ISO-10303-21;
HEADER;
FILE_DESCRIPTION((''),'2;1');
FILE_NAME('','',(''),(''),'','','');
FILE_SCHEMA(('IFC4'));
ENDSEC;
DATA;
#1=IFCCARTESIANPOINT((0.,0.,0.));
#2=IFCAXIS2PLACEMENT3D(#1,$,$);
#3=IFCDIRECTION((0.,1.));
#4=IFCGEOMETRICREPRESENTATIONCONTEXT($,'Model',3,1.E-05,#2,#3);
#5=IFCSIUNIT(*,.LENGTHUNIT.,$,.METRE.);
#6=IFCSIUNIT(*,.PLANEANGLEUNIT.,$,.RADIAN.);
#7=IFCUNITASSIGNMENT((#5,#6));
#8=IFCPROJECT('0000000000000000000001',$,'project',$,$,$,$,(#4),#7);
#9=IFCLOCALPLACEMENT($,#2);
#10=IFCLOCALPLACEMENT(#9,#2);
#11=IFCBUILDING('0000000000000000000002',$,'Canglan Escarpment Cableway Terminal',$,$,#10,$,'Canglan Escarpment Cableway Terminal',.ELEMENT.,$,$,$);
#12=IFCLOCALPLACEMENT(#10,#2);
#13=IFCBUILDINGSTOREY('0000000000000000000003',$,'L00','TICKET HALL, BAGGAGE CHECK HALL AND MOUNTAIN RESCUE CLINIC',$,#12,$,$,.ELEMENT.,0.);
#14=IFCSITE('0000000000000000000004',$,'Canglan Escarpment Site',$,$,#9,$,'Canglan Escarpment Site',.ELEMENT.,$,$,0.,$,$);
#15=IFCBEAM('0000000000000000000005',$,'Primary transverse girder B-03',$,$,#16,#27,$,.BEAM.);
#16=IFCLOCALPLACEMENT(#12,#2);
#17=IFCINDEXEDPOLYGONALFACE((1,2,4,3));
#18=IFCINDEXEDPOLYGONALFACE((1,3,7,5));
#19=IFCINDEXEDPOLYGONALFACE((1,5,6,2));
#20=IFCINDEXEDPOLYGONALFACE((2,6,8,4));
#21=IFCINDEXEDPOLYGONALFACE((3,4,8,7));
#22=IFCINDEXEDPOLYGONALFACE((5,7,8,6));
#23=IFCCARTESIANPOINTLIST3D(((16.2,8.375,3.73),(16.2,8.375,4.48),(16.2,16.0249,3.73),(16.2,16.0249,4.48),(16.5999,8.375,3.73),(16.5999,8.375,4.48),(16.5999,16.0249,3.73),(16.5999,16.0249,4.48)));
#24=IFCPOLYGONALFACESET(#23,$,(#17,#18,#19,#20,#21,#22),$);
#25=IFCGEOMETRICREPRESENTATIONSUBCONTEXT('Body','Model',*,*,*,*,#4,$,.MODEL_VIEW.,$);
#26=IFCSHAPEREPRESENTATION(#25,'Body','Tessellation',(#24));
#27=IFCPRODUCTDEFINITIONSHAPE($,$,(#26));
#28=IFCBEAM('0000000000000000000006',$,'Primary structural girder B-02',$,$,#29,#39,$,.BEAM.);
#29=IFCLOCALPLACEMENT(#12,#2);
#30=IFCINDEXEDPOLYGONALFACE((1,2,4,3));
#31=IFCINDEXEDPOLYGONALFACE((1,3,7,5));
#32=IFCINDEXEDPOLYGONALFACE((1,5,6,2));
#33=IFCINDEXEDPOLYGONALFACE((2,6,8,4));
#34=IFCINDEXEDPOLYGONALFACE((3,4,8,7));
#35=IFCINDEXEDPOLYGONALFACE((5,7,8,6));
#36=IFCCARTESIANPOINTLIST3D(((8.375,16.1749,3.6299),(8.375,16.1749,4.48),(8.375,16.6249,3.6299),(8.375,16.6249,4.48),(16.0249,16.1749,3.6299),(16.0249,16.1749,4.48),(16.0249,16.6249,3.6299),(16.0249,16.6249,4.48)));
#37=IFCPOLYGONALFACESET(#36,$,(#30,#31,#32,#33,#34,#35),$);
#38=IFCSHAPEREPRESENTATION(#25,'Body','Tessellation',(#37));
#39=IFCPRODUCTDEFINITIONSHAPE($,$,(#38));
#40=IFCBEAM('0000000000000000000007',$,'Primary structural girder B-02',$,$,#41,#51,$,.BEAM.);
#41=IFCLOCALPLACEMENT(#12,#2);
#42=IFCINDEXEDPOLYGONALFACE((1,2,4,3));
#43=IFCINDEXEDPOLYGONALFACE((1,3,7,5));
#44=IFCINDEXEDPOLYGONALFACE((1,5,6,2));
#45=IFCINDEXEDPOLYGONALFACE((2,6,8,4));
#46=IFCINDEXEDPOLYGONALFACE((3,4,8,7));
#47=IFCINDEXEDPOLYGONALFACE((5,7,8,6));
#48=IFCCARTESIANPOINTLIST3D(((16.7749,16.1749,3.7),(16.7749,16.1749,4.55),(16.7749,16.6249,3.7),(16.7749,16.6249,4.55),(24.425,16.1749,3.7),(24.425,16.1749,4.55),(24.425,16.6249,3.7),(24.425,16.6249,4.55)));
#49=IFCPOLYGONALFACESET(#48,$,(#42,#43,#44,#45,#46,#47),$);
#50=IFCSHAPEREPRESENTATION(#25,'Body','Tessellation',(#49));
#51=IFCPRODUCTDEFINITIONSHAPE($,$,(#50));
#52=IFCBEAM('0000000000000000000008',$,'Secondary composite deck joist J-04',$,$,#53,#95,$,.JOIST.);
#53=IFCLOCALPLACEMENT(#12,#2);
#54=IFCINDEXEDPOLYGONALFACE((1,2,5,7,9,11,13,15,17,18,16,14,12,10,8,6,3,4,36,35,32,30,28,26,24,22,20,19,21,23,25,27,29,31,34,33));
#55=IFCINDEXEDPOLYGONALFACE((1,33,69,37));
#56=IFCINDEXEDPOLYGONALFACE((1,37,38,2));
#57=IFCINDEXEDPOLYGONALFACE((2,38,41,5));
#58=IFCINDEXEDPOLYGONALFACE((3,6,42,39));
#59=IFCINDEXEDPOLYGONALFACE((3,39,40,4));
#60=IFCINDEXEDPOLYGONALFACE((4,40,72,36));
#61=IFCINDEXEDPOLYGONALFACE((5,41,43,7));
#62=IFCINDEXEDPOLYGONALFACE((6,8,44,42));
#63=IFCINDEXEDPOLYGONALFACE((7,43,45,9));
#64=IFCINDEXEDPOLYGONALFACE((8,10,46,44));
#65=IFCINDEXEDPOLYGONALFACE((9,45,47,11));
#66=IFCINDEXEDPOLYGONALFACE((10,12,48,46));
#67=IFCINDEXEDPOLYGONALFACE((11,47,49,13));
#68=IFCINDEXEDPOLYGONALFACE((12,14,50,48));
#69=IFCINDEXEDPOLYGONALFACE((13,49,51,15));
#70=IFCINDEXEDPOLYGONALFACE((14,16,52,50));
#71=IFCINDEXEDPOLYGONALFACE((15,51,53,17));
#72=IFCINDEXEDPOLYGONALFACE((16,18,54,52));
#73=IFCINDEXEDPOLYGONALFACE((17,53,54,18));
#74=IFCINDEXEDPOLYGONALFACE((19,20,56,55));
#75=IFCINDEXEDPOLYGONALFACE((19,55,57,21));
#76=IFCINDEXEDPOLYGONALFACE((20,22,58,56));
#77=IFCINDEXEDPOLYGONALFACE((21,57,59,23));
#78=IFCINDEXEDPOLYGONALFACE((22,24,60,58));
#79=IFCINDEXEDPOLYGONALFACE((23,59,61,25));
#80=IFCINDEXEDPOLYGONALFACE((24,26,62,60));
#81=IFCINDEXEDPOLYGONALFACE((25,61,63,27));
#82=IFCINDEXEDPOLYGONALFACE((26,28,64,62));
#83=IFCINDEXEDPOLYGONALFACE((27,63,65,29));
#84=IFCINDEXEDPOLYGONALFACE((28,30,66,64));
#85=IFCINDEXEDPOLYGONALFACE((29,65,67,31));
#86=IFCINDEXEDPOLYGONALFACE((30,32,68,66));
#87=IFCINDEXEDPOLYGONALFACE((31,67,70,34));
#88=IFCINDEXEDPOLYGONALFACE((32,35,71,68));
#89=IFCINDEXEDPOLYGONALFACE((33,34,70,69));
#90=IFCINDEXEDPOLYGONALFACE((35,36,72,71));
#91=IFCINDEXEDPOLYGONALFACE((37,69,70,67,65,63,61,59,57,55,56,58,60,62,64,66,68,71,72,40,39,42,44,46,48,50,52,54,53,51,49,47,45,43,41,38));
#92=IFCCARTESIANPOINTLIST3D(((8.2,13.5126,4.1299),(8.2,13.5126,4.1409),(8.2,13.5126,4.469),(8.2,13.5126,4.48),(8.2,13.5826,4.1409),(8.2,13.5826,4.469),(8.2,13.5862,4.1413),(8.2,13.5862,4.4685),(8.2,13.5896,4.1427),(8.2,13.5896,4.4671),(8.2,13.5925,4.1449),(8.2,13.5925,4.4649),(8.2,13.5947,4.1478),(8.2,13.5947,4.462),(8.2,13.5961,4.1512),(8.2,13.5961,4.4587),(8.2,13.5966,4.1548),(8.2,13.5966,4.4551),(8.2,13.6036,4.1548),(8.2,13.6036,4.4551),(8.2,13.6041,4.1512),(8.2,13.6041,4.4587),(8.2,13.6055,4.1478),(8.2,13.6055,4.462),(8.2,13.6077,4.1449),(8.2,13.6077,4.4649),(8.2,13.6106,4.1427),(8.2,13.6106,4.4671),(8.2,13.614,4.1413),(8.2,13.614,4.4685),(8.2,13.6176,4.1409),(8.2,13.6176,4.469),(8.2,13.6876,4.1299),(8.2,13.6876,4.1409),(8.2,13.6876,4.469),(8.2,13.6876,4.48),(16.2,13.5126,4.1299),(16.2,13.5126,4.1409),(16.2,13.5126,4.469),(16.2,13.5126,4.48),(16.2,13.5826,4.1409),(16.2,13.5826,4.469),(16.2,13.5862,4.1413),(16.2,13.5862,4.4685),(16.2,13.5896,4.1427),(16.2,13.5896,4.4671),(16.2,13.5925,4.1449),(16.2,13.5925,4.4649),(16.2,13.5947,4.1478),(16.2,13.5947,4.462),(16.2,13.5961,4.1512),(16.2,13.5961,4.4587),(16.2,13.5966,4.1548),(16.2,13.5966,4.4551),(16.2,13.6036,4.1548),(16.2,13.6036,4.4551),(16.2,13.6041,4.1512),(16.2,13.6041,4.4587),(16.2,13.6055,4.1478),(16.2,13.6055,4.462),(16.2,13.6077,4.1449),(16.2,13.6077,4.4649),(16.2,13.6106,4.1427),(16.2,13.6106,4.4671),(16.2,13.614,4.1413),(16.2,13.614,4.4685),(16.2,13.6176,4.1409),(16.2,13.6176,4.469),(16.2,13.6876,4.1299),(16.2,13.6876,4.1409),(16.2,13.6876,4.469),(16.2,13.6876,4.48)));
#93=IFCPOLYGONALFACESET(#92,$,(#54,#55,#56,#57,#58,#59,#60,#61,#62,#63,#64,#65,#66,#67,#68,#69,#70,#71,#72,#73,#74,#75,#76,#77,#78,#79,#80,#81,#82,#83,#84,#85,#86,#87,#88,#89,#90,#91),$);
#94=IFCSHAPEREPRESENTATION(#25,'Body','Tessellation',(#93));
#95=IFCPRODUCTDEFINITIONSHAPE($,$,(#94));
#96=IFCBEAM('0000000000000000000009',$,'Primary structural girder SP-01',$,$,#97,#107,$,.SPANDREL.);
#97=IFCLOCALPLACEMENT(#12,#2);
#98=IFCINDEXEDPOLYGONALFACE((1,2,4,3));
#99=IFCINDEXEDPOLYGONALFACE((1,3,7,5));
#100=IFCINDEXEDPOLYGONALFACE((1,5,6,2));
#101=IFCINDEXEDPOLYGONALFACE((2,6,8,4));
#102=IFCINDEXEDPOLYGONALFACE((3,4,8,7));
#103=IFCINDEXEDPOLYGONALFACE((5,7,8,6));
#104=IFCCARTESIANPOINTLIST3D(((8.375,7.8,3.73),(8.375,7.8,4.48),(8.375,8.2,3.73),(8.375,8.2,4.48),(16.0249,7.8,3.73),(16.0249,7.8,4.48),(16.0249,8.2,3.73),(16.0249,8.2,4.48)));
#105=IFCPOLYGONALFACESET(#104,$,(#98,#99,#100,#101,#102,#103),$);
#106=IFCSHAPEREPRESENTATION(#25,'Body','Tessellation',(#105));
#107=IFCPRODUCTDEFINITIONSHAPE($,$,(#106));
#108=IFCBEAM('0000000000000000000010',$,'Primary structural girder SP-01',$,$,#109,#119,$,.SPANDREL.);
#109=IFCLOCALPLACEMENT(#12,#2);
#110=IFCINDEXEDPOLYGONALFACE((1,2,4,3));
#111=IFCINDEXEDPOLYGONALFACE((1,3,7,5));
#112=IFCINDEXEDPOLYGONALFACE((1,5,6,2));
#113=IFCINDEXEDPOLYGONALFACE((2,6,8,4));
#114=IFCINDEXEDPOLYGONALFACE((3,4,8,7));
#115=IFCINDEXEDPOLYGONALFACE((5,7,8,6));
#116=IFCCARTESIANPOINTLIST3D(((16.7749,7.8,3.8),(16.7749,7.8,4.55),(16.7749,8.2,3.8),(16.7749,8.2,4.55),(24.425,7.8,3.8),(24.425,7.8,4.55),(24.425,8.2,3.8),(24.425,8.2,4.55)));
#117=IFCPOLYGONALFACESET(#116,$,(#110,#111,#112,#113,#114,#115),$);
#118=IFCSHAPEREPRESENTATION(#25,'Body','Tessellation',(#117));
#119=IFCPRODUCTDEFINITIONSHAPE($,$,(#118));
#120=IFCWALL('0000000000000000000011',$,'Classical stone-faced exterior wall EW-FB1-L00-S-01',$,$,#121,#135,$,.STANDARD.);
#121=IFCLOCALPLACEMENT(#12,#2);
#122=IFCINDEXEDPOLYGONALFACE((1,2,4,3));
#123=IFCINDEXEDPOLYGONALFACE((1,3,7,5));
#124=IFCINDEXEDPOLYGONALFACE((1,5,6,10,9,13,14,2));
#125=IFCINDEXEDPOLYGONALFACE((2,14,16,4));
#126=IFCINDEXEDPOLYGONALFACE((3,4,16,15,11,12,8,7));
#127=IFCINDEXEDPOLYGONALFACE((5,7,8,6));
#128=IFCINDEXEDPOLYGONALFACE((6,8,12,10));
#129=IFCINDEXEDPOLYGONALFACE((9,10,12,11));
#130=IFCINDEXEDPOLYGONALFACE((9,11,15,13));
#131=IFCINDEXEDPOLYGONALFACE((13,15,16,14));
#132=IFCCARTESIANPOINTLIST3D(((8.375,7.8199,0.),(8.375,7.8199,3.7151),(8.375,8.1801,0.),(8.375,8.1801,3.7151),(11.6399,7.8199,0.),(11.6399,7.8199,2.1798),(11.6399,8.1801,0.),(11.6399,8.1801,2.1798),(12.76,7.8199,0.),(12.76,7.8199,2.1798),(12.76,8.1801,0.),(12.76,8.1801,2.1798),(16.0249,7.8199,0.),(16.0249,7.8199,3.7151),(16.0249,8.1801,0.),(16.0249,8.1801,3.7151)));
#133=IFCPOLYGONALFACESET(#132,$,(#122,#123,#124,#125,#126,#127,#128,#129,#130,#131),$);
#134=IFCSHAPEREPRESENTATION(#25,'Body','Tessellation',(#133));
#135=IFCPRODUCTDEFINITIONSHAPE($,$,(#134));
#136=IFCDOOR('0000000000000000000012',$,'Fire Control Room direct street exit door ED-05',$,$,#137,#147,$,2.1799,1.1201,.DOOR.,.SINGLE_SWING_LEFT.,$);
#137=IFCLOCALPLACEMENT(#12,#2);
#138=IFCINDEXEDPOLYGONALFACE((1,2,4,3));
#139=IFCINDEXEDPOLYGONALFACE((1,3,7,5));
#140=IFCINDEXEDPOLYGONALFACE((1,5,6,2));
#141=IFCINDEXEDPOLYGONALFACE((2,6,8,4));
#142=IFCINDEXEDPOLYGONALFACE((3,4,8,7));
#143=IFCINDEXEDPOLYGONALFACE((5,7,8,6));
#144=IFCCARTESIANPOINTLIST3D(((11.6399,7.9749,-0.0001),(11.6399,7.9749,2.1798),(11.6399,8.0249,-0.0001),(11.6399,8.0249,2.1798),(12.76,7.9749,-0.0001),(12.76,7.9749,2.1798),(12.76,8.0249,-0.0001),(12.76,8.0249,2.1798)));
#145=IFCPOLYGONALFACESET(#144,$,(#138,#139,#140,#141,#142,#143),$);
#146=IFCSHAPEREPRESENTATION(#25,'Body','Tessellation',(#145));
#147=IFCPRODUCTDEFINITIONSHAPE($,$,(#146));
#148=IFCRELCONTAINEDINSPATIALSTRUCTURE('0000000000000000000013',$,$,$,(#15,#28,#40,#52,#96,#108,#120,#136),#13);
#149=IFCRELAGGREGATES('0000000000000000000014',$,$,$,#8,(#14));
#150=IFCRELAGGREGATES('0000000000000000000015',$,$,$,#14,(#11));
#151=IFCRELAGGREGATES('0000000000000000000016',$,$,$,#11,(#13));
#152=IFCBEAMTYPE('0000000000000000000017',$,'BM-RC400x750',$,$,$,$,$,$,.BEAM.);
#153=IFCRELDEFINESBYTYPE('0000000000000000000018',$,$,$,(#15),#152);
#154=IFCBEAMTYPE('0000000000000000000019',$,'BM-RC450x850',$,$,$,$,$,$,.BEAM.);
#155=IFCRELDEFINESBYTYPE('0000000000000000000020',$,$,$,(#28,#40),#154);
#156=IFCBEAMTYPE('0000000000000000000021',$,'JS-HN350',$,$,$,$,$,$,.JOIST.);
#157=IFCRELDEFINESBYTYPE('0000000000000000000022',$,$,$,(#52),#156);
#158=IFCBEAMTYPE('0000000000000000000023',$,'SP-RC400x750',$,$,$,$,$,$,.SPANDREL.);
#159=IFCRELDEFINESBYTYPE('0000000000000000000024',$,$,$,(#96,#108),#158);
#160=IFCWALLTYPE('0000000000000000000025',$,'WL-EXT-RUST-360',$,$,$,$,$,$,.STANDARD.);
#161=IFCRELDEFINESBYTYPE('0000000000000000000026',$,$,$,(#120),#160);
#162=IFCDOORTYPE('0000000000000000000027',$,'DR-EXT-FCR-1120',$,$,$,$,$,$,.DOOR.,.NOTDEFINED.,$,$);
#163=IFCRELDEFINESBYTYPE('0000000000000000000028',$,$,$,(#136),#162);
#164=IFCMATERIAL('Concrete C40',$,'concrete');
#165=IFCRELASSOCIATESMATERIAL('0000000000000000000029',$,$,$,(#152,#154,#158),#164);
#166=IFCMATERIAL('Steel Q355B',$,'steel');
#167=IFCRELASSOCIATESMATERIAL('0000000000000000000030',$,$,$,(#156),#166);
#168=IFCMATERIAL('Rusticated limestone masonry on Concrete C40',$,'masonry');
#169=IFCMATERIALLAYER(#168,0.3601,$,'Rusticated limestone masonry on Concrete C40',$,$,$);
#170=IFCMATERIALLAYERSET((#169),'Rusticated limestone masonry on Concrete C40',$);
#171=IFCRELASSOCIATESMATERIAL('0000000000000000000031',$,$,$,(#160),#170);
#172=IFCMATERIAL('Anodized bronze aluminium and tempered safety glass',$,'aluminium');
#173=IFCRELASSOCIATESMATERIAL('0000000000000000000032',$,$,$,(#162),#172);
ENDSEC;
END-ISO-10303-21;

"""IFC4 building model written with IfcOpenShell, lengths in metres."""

from ifc_helpers import new_model, si_unit, direction, frame, frame_2d, origin, origin_2d, place, context, subcontext, project, spatial, rectangle, i_section, extrude, material, layer, layer_set, material_profile, profile_set, type_object, element, fill, save


model = new_model("IFC4")

# Units and contexts
model_context = context("Model", 3, precision=1e-05, world=origin(), true_north=direction((0.0, 1.0)))
body_context = subcontext(model_context, "Body", "Model", "MODEL_VIEW")
ifc_project = project(units=[si_unit("LENGTHUNIT", "METRE"), si_unit("PLANEANGLEUNIT", "RADIAN")], contexts=[model_context])

# Site, building, storey
site_placement = place(None, origin())
site = spatial("IfcSite", under=ifc_project, at=site_placement, Name="Canglan Escarpment Site", LongName="Canglan Escarpment Site", CompositionType="ELEMENT", RefElevation=0.0)
building_placement = place(site_placement, origin())
building = spatial("IfcBuilding", under=site, at=building_placement, Name="Canglan Escarpment Cableway Terminal", LongName="Canglan Escarpment Cableway Terminal", CompositionType="ELEMENT")
storey_placement = place(building_placement, origin())
storey = spatial("IfcBuildingStorey", under=building, at=storey_placement, Name="L00", Description="TICKET HALL, BAGGAGE CHECK HALL AND MOUNTAIN RESCUE CLINIC", CompositionType="ELEMENT", Elevation=0.0)

# Shared definitions
ifc_material_1 = material(Name="Concrete C40", Category="concrete")

# Beams
ifc_material_profile_1 = material_profile(ifc_material_1, rectangle(XDim=0.3999, YDim=0.75, at=origin_2d()), Name="RC 400x750")
ifc_profile_set_1 = profile_set([ifc_material_profile_1], Name="Concrete C40")
beam_type_1 = type_object("IfcBeamType", Name="BM-RC400x750", PredefinedType="BEAM", material=ifc_profile_set_1)
beam_1_placement = place(storey_placement, frame((16.3999, 8.375, 4.105), z_axis=(0.0, 1.0, 0.0), x_axis=(-1.0, 0.0, 0.0)))
element("IfcBeam", 1, at=beam_1_placement, inside=storey, type_object=beam_type_1, Name="Primary transverse girder B-03", PredefinedType="BEAM", context=body_context, shape_type="SweptSolid", body=[
    extrude(rectangle(XDim=0.3999, YDim=0.75, at=origin_2d()), origin(), (0.0, 0.0, 1.0), 7.6499),
])
ifc_material_profile_2 = material_profile(ifc_material_1, rectangle(XDim=0.45, YDim=0.8501, at=origin_2d()), Name="RC 450x850")
ifc_profile_set_2 = profile_set([ifc_material_profile_2], Name="Concrete C40")
beam_type_2 = type_object("IfcBeamType", Name="BM-RC450x850", PredefinedType="BEAM", material=ifc_profile_set_2)
beam_2_placement = place(storey_placement, frame((8.375, 16.3999, 4.0549), z_axis=(1.0, 0.0, 0.0), x_axis=(0.0, 1.0, 0.0)))
element("IfcBeam", 2, at=beam_2_placement, inside=storey, type_object=beam_type_2, Name="Primary structural girder B-02", PredefinedType="BEAM", context=body_context, shape_type="SweptSolid", body=[
    extrude(rectangle(XDim=0.45, YDim=0.8501, at=origin_2d()), origin(), (0.0, 0.0, 1.0), 7.6499),
])
beam_3_placement = place(storey_placement, frame((16.7749, 16.3999, 4.125), z_axis=(1.0, 0.0, 0.0), x_axis=(0.0, 1.0, 0.0)))
element("IfcBeam", 3, at=beam_3_placement, inside=storey, type_object=beam_type_2, Name="Primary structural girder B-02", PredefinedType="BEAM", context=body_context, shape_type="SweptSolid", body=[
    extrude(rectangle(XDim=0.45, YDim=0.8501, at=origin_2d()), origin(), (0.0, 0.0, 1.0), 7.6501),
])
ifc_material_2 = material(Name="Steel Q355B", Category="steel")
ifc_material_profile_3 = material_profile(ifc_material_2, i_section(OverallWidth=0.175, OverallDepth=0.3501, WebThickness=0.0071, FlangeThickness=0.011, FilletRadius=0.0139, at=origin_2d()), Name="HN 350x175x7x11")
ifc_profile_set_3 = profile_set([ifc_material_profile_3], Name="Steel Q355B")
beam_type_3 = type_object("IfcBeamType", Name="JS-HN350", PredefinedType="JOIST", material=ifc_profile_set_3)
beam_4_placement = place(storey_placement, frame((8.2, 13.6001, 4.3049), z_axis=(1.0, 0.0, 0.0), x_axis=(0.0, 1.0, 0.0)))
element("IfcBeam", 4, at=beam_4_placement, inside=storey, type_object=beam_type_3, Name="Secondary composite deck joist J-04", PredefinedType="JOIST", context=body_context, shape_type="SweptSolid", body=[
    extrude(i_section(OverallWidth=0.175, OverallDepth=0.3501, WebThickness=0.0071, FlangeThickness=0.011, FilletRadius=0.0139, at=origin_2d()), origin(), (0.0, 0.0, 1.0), 8.0),
])
ifc_material_profile_4 = material_profile(ifc_material_1, rectangle(XDim=0.3999, YDim=0.75, at=origin_2d()), Name="RC 400x750")
ifc_profile_set_4 = profile_set([ifc_material_profile_4], Name="Concrete C40")
beam_type_4 = type_object("IfcBeamType", Name="SP-RC400x750", PredefinedType="SPANDREL", material=ifc_profile_set_4)
beam_5_placement = place(storey_placement, frame((8.375, 8.0, 4.105), z_axis=(1.0, 0.0, 0.0), x_axis=(0.0, 1.0, 0.0)))
element("IfcBeam", 5, at=beam_5_placement, inside=storey, type_object=beam_type_4, Name="Primary structural girder SP-01", PredefinedType="SPANDREL", context=body_context, shape_type="SweptSolid", body=[
    extrude(rectangle(XDim=0.3999, YDim=0.75, at=origin_2d()), origin(), (0.0, 0.0, 1.0), 7.6499),
])
beam_6_placement = place(storey_placement, frame((16.7749, 8.0, 4.175), z_axis=(1.0, 0.0, 0.0), x_axis=(0.0, 1.0, 0.0)))
element("IfcBeam", 6, at=beam_6_placement, inside=storey, type_object=beam_type_4, Name="Primary structural girder SP-01", PredefinedType="SPANDREL", context=body_context, shape_type="SweptSolid", body=[
    extrude(rectangle(XDim=0.3999, YDim=0.75, at=origin_2d()), origin(), (0.0, 0.0, 1.0), 7.6501),
])

# Wall, opening, door
ifc_material_3 = material(Name="Rusticated limestone masonry on Concrete C40", Category="masonry")
ifc_layer_1 = layer(ifc_material_3, 0.3601, Name="Rusticated limestone masonry on Concrete C40")
ifc_layer_set_1 = layer_set([ifc_layer_1], Name="Rusticated limestone masonry on Concrete C40")
wall_type_1 = type_object("IfcWallType", Name="WL-EXT-RUST-360", PredefinedType="STANDARD", material=ifc_layer_set_1)
wall_1_placement = place(storey_placement, frame((8.375, 8.0, 0.0), z_axis=(0.0, 0.0, 1.0), x_axis=(1.0, 0.0, 0.0)))
wall_1 = element("IfcWall", 7, at=wall_1_placement, inside=storey, type_object=wall_type_1, Name="Classical stone-faced exterior wall EW-FB1-L00-S-01", PredefinedType="STANDARD", context=body_context, shape_type="SweptSolid", body=[
    extrude(rectangle(XDim=7.6499, YDim=0.3601, at=frame_2d((3.825, 0.0))), origin(), (0.0, 0.0, 1.0), 3.7151),
])
opening_1_placement = place(wall_1_placement, frame((3.2649, 0.0, 0.0)))
opening_1 = element("IfcOpeningElement", 8, at=opening_1_placement, cuts=wall_1, PredefinedType="OPENING", context=body_context, shape_type="SweptSolid", body=[
    extrude(rectangle(XDim=1.1201, YDim=2.1799, at=frame_2d((0.5601, 1.0898))), frame((0.0, 0.1899, 0.0), z_axis=(0.0, -1.0, 0.0), x_axis=(1.0, 0.0, 0.0)), (0.0, 0.0, 1.0), 0.3801),
])
ifc_material_4 = material(Name="Anodized bronze aluminium and tempered safety glass", Category="aluminium")
door_type_1 = type_object("IfcDoorType", Name="DR-EXT-FCR-1120", OperationType="NOTDEFINED", PredefinedType="DOOR", material=ifc_material_4)
door_1_placement = place(opening_1_placement, origin())
door_1 = element("IfcDoor", 9, at=door_1_placement, inside=storey, type_object=door_type_1, Name="Fire Control Room direct street exit door ED-05", OperationType="SINGLE_SWING_LEFT", OverallHeight=2.1799, OverallWidth=1.1201, PredefinedType="DOOR", context=body_context, shape_type="SweptSolid", body=[
    extrude(rectangle(XDim=1.1201, YDim=2.1799, at=frame_2d((0.5601, 1.0898))), frame((0.0, 0.0249, 0.0), z_axis=(0.0, -1.0, 0.0), x_axis=(1.0, 0.0, 0.0)), (0.0, 0.0, 1.0), 0.05),
])
fill(opening_1, door_1)

save(model, "model.ifc")
